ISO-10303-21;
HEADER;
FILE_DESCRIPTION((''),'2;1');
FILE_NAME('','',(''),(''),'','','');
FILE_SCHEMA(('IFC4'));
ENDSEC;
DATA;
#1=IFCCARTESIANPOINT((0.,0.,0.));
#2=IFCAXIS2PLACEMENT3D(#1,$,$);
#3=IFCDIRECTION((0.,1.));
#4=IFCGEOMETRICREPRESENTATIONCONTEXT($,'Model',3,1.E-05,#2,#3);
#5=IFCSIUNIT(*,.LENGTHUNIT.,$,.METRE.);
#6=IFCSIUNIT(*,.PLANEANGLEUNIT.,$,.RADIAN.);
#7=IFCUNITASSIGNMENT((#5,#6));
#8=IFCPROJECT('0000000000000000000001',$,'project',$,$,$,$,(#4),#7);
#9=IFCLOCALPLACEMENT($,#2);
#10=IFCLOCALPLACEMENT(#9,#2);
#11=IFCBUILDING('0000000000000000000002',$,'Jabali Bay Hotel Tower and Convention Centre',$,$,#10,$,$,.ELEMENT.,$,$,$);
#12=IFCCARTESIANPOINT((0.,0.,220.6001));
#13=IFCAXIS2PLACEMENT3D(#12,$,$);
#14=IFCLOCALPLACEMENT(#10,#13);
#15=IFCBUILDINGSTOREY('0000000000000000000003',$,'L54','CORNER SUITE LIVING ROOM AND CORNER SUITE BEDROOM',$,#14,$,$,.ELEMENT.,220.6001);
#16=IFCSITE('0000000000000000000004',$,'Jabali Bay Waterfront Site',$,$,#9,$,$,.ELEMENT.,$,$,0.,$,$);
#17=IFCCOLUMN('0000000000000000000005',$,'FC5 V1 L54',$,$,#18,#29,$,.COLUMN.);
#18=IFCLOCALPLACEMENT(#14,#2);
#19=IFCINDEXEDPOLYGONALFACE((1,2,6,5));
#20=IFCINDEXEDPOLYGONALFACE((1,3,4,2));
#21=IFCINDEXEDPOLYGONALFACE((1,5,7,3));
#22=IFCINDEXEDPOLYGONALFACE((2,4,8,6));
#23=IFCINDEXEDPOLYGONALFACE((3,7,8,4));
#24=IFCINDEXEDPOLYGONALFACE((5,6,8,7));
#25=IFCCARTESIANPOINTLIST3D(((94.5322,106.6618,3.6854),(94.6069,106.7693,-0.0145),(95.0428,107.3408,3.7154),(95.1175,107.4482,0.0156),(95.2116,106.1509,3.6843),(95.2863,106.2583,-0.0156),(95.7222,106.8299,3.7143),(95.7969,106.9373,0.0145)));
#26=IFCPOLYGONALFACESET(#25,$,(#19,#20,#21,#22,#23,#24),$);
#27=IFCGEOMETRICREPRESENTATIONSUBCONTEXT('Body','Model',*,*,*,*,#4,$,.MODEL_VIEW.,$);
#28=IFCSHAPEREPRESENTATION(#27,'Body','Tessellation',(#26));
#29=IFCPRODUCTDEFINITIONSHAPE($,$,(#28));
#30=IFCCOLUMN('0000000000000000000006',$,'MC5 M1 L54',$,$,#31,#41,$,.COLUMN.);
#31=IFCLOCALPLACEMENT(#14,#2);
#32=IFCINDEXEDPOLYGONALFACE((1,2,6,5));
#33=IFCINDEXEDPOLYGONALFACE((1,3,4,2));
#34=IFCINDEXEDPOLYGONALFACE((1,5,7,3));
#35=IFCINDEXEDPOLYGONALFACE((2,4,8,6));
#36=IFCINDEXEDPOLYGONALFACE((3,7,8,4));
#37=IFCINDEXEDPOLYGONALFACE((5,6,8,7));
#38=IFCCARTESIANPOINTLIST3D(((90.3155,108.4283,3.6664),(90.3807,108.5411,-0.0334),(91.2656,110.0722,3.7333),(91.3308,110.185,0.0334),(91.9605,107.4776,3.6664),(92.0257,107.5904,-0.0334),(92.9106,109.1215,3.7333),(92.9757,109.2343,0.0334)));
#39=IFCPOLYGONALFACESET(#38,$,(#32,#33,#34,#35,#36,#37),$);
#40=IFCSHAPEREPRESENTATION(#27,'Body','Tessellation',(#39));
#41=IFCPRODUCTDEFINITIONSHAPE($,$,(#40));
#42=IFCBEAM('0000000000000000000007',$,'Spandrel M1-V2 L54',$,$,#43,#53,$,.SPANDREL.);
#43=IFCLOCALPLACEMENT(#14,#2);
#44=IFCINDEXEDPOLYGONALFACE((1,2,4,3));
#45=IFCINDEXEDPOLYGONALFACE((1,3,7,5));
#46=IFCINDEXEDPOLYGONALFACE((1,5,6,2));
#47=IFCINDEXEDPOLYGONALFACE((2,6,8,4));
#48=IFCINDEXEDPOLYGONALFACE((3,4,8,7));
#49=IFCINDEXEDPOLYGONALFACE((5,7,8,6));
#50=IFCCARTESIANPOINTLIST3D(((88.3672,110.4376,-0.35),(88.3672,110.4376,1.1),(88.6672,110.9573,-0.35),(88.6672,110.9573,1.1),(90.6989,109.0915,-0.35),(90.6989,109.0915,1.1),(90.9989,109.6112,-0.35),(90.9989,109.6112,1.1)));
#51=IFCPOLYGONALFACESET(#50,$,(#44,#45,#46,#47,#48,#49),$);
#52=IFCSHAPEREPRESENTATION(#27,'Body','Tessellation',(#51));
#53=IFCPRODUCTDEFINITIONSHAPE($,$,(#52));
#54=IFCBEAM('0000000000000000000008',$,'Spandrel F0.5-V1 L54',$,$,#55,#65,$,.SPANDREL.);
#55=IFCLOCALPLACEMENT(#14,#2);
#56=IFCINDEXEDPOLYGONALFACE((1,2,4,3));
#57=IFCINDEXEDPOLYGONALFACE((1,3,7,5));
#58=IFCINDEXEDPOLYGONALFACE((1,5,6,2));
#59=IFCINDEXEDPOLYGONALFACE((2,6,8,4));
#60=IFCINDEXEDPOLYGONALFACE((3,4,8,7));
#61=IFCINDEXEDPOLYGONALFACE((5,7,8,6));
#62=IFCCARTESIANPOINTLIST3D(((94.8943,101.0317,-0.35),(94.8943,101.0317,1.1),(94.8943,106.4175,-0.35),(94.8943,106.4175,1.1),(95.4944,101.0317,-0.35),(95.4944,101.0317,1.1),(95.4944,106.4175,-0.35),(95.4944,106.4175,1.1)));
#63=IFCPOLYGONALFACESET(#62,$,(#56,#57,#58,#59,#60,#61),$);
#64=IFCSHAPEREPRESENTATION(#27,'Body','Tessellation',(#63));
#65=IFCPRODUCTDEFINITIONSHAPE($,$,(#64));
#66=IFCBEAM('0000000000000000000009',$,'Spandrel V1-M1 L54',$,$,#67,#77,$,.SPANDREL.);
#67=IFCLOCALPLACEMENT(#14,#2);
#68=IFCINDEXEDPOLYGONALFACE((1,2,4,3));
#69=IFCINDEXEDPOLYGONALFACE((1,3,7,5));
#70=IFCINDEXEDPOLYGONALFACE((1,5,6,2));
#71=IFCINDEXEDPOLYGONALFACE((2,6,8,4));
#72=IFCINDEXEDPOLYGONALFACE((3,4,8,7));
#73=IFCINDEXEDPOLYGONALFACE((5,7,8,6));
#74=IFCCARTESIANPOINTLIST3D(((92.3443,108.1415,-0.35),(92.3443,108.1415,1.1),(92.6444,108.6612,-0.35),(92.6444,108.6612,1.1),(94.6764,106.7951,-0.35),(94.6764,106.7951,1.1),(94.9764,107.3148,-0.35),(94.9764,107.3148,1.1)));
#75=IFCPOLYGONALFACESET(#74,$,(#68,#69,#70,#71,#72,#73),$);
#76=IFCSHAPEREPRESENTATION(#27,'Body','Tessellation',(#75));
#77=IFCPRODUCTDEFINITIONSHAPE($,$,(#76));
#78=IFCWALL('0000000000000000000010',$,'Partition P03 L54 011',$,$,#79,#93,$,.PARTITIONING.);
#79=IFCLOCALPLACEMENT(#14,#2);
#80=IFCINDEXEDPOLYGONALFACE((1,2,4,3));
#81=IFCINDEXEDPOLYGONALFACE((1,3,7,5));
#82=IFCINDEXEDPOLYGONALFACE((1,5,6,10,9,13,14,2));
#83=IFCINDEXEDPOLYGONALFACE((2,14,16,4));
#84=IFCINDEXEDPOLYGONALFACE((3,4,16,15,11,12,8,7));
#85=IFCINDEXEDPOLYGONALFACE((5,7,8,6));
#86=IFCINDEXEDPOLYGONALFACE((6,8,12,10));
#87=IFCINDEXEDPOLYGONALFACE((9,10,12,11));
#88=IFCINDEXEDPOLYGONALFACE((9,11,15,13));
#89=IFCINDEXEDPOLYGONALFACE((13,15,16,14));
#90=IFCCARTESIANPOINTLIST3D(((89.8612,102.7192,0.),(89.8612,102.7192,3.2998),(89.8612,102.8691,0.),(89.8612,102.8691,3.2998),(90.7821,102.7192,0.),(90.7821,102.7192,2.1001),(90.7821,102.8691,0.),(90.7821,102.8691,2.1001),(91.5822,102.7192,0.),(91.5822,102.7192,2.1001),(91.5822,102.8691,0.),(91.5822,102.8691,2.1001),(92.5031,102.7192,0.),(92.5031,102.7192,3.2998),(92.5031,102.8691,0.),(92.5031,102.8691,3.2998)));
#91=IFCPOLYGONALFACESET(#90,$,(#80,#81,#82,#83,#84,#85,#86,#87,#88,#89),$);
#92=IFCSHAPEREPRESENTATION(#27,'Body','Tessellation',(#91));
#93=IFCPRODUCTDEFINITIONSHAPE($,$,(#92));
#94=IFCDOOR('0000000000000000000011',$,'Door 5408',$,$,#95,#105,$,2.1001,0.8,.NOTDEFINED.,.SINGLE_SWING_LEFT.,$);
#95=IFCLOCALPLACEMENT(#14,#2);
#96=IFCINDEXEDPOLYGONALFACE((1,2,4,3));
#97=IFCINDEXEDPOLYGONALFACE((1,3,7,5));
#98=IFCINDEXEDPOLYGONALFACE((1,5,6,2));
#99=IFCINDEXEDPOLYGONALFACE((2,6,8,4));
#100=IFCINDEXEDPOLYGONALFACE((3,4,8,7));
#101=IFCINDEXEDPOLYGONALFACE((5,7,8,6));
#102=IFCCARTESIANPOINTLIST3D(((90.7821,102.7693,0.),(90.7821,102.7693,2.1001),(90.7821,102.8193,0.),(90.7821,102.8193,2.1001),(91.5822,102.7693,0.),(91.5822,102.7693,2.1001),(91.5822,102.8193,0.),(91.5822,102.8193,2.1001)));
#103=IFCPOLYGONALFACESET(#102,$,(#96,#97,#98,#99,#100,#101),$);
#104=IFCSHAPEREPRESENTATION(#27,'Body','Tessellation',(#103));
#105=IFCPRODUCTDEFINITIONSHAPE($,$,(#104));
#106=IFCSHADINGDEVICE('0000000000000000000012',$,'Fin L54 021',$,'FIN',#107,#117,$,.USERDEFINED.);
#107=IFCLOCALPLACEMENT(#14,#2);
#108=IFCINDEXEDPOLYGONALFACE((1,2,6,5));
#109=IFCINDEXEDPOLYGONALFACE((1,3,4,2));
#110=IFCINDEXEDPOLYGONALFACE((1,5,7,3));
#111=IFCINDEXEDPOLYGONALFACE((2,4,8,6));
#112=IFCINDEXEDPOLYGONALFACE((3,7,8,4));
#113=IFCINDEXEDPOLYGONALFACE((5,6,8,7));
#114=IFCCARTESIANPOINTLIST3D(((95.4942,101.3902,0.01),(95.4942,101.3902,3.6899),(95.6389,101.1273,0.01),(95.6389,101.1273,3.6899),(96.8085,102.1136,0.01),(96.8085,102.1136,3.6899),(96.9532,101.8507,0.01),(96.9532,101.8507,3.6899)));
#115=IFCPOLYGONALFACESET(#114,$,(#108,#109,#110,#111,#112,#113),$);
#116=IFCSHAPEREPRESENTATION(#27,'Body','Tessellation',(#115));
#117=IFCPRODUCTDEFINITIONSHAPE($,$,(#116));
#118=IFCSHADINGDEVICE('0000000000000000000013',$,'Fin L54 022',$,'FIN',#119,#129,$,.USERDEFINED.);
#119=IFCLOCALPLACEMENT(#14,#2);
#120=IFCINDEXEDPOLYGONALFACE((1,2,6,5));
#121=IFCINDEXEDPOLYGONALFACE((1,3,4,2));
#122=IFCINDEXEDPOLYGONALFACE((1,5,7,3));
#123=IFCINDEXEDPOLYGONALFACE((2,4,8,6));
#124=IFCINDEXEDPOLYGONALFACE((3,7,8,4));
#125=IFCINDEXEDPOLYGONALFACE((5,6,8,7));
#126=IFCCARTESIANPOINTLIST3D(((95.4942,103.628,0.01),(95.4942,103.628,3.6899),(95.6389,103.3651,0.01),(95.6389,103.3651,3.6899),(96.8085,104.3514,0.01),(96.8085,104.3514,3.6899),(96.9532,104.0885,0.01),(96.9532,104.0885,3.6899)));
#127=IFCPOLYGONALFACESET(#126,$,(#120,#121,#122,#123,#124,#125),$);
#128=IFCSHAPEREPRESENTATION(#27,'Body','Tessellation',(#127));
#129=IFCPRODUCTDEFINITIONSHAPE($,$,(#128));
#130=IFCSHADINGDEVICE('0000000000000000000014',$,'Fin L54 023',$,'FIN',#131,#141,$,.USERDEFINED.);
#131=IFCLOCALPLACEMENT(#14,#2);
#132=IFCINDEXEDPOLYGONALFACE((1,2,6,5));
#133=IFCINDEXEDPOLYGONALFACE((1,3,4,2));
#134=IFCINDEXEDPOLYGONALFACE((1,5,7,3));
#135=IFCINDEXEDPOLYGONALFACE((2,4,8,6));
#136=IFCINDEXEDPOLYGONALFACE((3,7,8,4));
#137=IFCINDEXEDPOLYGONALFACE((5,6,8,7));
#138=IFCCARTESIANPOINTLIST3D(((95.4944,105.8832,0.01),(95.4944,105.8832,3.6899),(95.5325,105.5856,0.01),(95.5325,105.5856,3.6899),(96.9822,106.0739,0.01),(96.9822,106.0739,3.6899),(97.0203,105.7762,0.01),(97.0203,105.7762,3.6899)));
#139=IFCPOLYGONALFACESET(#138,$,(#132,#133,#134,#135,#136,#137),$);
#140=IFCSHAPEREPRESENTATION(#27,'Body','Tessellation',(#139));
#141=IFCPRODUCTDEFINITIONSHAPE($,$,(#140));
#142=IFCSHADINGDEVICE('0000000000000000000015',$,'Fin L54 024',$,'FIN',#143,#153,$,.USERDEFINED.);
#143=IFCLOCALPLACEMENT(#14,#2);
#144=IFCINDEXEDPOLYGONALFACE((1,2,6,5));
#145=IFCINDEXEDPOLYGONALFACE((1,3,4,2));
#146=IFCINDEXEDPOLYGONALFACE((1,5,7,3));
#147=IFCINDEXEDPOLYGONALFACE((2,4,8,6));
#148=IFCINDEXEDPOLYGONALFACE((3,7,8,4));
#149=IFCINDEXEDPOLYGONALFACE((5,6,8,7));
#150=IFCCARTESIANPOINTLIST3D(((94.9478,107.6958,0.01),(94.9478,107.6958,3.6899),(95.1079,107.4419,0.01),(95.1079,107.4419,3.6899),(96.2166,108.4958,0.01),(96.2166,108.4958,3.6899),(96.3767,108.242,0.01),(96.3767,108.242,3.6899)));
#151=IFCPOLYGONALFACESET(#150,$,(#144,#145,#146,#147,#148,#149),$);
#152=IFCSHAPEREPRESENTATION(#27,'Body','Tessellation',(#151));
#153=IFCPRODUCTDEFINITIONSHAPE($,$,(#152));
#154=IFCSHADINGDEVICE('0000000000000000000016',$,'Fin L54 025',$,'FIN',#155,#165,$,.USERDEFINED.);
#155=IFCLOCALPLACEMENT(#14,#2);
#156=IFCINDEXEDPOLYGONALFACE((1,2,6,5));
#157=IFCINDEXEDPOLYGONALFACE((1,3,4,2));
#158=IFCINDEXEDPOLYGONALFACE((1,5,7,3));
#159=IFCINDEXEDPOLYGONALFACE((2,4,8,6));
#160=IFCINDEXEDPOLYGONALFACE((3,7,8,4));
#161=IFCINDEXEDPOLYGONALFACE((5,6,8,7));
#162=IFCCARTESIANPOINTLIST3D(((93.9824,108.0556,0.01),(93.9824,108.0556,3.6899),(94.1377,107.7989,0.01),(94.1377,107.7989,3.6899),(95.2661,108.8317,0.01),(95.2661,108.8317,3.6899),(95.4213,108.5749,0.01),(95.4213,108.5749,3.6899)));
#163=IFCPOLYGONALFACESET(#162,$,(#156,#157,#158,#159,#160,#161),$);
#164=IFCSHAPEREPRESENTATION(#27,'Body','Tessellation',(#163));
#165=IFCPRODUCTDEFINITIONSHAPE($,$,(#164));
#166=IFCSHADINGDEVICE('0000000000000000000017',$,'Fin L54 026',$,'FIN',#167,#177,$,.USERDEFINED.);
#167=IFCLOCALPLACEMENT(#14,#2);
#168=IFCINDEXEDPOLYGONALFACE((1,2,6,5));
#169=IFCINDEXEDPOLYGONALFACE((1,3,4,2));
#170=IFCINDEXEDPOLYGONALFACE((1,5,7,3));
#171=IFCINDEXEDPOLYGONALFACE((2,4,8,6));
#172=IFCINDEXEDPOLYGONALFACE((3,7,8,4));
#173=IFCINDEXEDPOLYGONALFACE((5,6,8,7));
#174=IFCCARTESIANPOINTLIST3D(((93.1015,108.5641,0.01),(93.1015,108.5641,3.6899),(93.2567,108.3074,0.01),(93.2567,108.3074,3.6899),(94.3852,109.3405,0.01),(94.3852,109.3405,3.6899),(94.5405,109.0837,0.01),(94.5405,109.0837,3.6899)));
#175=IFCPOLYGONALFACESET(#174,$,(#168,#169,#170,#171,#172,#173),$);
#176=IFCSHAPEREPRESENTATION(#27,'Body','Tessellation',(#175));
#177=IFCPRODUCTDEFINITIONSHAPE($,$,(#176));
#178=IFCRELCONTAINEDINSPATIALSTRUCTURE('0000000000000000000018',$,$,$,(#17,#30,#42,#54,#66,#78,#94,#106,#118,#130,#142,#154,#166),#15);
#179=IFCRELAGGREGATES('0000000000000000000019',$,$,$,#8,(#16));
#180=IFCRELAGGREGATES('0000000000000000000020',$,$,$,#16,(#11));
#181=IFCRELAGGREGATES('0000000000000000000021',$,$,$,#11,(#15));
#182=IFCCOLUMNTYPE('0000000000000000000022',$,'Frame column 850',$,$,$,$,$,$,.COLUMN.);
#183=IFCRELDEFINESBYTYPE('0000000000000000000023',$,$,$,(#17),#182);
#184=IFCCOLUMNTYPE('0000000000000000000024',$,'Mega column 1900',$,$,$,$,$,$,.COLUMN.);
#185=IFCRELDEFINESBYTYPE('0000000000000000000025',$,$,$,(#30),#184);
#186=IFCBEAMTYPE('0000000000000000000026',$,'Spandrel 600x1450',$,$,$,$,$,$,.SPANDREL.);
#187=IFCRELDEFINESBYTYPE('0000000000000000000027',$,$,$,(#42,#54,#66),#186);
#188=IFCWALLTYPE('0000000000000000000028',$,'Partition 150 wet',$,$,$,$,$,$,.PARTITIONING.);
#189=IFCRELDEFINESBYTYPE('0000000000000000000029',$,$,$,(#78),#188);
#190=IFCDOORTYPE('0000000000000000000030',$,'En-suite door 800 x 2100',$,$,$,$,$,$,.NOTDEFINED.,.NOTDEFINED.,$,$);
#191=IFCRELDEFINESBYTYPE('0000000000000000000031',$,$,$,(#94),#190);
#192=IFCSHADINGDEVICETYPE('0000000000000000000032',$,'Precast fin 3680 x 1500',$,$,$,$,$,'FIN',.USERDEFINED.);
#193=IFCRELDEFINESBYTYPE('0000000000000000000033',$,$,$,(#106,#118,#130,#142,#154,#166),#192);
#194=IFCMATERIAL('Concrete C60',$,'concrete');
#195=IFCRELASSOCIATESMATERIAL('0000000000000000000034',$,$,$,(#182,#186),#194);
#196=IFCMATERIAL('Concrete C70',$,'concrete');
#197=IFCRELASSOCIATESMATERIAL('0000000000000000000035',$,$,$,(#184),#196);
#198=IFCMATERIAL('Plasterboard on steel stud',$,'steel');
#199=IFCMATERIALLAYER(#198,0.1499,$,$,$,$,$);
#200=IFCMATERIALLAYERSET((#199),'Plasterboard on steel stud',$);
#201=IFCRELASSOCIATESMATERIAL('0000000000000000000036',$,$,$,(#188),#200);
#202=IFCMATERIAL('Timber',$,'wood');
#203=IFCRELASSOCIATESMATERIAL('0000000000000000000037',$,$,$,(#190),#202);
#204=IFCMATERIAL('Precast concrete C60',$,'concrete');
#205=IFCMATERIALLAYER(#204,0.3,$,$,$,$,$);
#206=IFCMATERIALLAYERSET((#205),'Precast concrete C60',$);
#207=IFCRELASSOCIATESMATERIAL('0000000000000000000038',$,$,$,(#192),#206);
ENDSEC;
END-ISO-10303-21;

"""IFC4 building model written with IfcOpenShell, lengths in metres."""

from ifc_helpers import new_model, si_unit, direction, frame, frame_2d, origin, origin_2d, place, context, subcontext, project, spatial, rectangle, extrude, material, layer, layer_set, material_profile, profile_set, type_object, element, fill, save


model = new_model("IFC4")

# Units and contexts
model_context = context("Model", 3, precision=1e-05, world=origin(), true_north=direction((0.0, 1.0)))
body_context = subcontext(model_context, "Body", "Model", "MODEL_VIEW")
ifc_project = project(units=[si_unit("LENGTHUNIT", "METRE"), si_unit("PLANEANGLEUNIT", "RADIAN")], contexts=[model_context])

# Site, building, storey
site_placement = place(None, origin())
site = spatial("IfcSite", under=ifc_project, at=site_placement, Name="Jabali Bay Waterfront Site", CompositionType="ELEMENT", RefElevation=0.0)
building_placement = place(site_placement, origin())
building = spatial("IfcBuilding", under=site, at=building_placement, Name="Jabali Bay Hotel Tower and Convention Centre", CompositionType="ELEMENT")
storey_placement = place(building_placement, frame((0.0, 0.0, 220.6001)))
storey = spatial("IfcBuildingStorey", under=building, at=storey_placement, Name="L54", Description="CORNER SUITE LIVING ROOM AND CORNER SUITE BEDROOM", CompositionType="ELEMENT", Elevation=220.6001)

# Columns
ifc_material_1 = material(Name="Concrete C60", Category="concrete")
ifc_material_profile_1 = material_profile(ifc_material_1, rectangle(XDim=0.8501, YDim=0.8501, at=origin_2d()), Name="Frame column 850")
ifc_profile_set_1 = profile_set([ifc_material_profile_1], Name="Concrete C60")
column_type_1 = type_object("IfcColumnType", Name="Frame column 850", PredefinedType="COLUMN", material=ifc_profile_set_1)
column_1_placement = place(storey_placement, frame((95.2019, 106.8533, 0.0), z_axis=(-0.020179, -0.029015, 0.999375), x_axis=(0.600697, 0.798696, 0.035318)))
element("IfcColumn", 1, at=column_1_placement, inside=storey, type_object=column_type_1, Name="FC5 V1 L54", PredefinedType="COLUMN", context=body_context, shape_type="SweptSolid", body=[
    extrude(rectangle(XDim=0.8501, YDim=0.8501, at=origin_2d()), origin(), (0.0, 0.0, 1.0), 3.7021),
])
ifc_material_2 = material(Name="Concrete C70", Category="concrete")
ifc_material_profile_2 = material_profile(ifc_material_2, rectangle(XDim=1.8999, YDim=1.8999, at=origin_2d()), Name="Mega column 1900")
ifc_profile_set_2 = profile_set([ifc_material_profile_2], Name="Concrete C70")
column_type_2 = type_object("IfcColumnType", Name="Mega column 1900", PredefinedType="COLUMN", material=ifc_profile_set_2)
column_2_placement = place(storey_placement, frame((91.6782, 108.8877, 0.0), z_axis=(-0.017607, -0.030466, 0.999381), x_axis=(0.500065, 0.865273, 0.035188)))
element("IfcColumn", 2, at=column_2_placement, inside=storey, type_object=column_type_2, Name="MC5 M1 L54", PredefinedType="COLUMN", context=body_context, shape_type="SweptSolid", body=[
    extrude(rectangle(XDim=1.8999, YDim=1.8999, at=origin_2d()), origin(), (0.0, 0.0, 1.0), 3.7021),
])

# Beams
ifc_material_profile_3 = material_profile(ifc_material_1, rectangle(XDim=0.6001, YDim=1.45, at=origin_2d()), Name="Spandrel 600x1450")
ifc_profile_set_3 = profile_set([ifc_material_profile_3], Name="Concrete C60")
beam_type = type_object("IfcBeamType", Name="Spandrel 600x1450", PredefinedType="SPANDREL", material=ifc_profile_set_3)
beam_1_placement = place(storey_placement, frame((90.8489, 109.3513, 0.375), z_axis=(-0.866036, 0.499981, 0.0), x_axis=(-0.499981, -0.866036, 0.0)))
element("IfcBeam", 3, at=beam_1_placement, inside=storey, type_object=beam_type, Name="Spandrel M1-V2 L54", PredefinedType="SPANDREL", context=body_context, shape_type="SweptSolid", body=[
    extrude(rectangle(XDim=0.6001, YDim=1.45, at=origin_2d()), origin(), (0.0, 0.0, 1.0), 2.6924),
])
beam_2_placement = place(storey_placement, frame((95.1943, 101.0317, 0.375), z_axis=(0.0, 1.0, 0.0), x_axis=(-1.0, 0.0, 0.0)))
element("IfcBeam", 4, at=beam_2_placement, inside=storey, type_object=beam_type, Name="Spandrel F0.5-V1 L54", PredefinedType="SPANDREL", context=body_context, shape_type="SweptSolid", body=[
    extrude(rectangle(XDim=0.6001, YDim=1.45, at=origin_2d()), origin(), (0.0, 0.0, 1.0), 5.3857),
])
beam_3_placement = place(storey_placement, frame((94.8264, 107.0549, 0.375), z_axis=(-0.86602, 0.50001, 0.0), x_axis=(-0.50001, -0.86602, 0.0)))
element("IfcBeam", 5, at=beam_3_placement, inside=storey, type_object=beam_type, Name="Spandrel V1-M1 L54", PredefinedType="SPANDREL", context=body_context, shape_type="SweptSolid", body=[
    extrude(rectangle(XDim=0.6001, YDim=1.45, at=origin_2d()), origin(), (0.0, 0.0, 1.0), 2.6929),
])

# Wall, opening, door
ifc_material_3 = material(Name="Plasterboard on steel stud", Category="steel")
ifc_layer_1 = layer(ifc_material_3, 0.1499)
ifc_layer_set_1 = layer_set([ifc_layer_1], Name="Plasterboard on steel stud")
wall_type_1 = type_object("IfcWallType", Name="Partition 150 wet", PredefinedType="PARTITIONING", material=ifc_layer_set_1)
wall_1_placement = place(storey_placement, frame((92.5029, 102.7942, 0.0), z_axis=(0.0, 0.0, 1.0), x_axis=(-1.0, 0.0, 0.0)))
wall_1 = element("IfcWall", 6, at=wall_1_placement, inside=storey, type_object=wall_type_1, Name="Partition P03 L54 011", PredefinedType="PARTITIONING", context=body_context, shape_type="SweptSolid", body=[
    extrude(rectangle(XDim=2.6418, YDim=0.1499, at=frame_2d((1.3208, 0.0))), origin(), (0.0, 0.0, 1.0), 3.2998),
])
opening_1_placement = place(wall_1_placement, frame((0.9209, 0.0, 0.0)))
opening_1 = element("IfcOpeningElement", 7, at=opening_1_placement, cuts=wall_1, PredefinedType="OPENING", context=body_context, shape_type="SweptSolid", body=[
    extrude(rectangle(XDim=0.8, YDim=2.1001, at=frame_2d((0.3999, 1.05))), frame((0.0, 0.0854, 0.0), z_axis=(0.0, -1.0, 0.0), x_axis=(1.0, 0.0, 0.0)), (0.0, 0.0, 1.0), 0.1709),
])
ifc_material_4 = material(Name="Timber", Category="wood")
door_type_1 = type_object("IfcDoorType", Name="En-suite door 800 x 2100", OperationType="NOTDEFINED", PredefinedType="NOTDEFINED", material=ifc_material_4)
door_1_placement = place(opening_1_placement, origin())
door_1 = element("IfcDoor", 8, at=door_1_placement, inside=storey, type_object=door_type_1, Name="Door 5408", OperationType="SINGLE_SWING_LEFT", OverallHeight=2.1001, OverallWidth=0.8, PredefinedType="NOTDEFINED", context=body_context, shape_type="SweptSolid", body=[
    extrude(rectangle(XDim=0.8, YDim=2.1001, at=frame_2d((0.3999, 1.05))), frame((0.0, 0.0249, 0.0), z_axis=(0.0, -1.0, 0.0), x_axis=(1.0, 0.0, 0.0)), (0.0, 0.0, 1.0), 0.05),
])
fill(opening_1, door_1)

# Shading devices
ifc_material_5 = material(Name="Precast concrete C60", Category="concrete")
ifc_layer_2 = layer(ifc_material_5, 0.3)
ifc_layer_set_2 = layer_set([ifc_layer_2], Name="Precast concrete C60")
shading_device_type = type_object("IfcShadingDeviceType", Name="Precast fin 3680 x 1500", ElementType="FIN", PredefinedType="USERDEFINED", material=ifc_layer_set_2)
for number, where, z_axis, x_axis, name in (
    (9, (95.5667, 101.2588, 0.01), (0.0, 0.0, 1.0), (0.876054, 0.482212, 0.0), "Fin L54 021"),
    (10, (95.5667, 103.4966, 0.01), (0.0, 0.0, 1.0), (0.876054, 0.482212, 0.0), "Fin L54 022"),
):
    element("IfcShadingDevice", number, at=place(storey_placement, frame(where, z_axis=z_axis, x_axis=x_axis)), inside=storey, type_object=shading_device_type, Name=name, ObjectType="FIN", PredefinedType="USERDEFINED", context=body_context, shape_type="SweptSolid", body=[
        extrude(rectangle(XDim=1.5002, YDim=0.3, at=frame_2d((0.75, 0.0))), origin(), (0.0, 0.0, 1.0), 3.6799),
    ])
for number, where, z_axis, x_axis, name in (
    (11, (95.5134, 105.7344, 0.01), (0.0, 0.0, 1.0), (0.991887, 0.127119, 0.0), "Fin L54 023"),
    (12, (95.0278, 107.5688, 0.01), (0.0, 0.0, 1.0), (0.845879, 0.533374, 0.0), "Fin L54 024"),
    (13, (94.0601, 107.9272, 0.01), (0.0, 0.0, 1.0), (0.85575, 0.517389, 0.0), "Fin L54 025"),
):
    element("IfcShadingDevice", number, at=place(storey_placement, frame(where, z_axis=z_axis, x_axis=x_axis)), inside=storey, type_object=shading_device_type, Name=name, ObjectType="FIN", PredefinedType="USERDEFINED", context=body_context, shape_type="SweptSolid", body=[
        extrude(rectangle(XDim=1.5, YDim=0.3, at=frame_2d((0.75, 0.0))), origin(), (0.0, 0.0, 1.0), 3.6799),
    ])
shading_device_1_placement = place(storey_placement, frame((93.1792, 108.4358, 0.01), z_axis=(0.0, 0.0, 1.0), x_axis=(0.855678, 0.517508, 0.0)))
element("IfcShadingDevice", 14, at=shading_device_1_placement, inside=storey, type_object=shading_device_type, Name="Fin L54 026", ObjectType="FIN", PredefinedType="USERDEFINED", context=body_context, shape_type="SweptSolid", body=[
    extrude(rectangle(XDim=1.5002, YDim=0.3, at=frame_2d((0.75, 0.0))), origin(), (0.0, 0.0, 1.0), 3.6799),
])

save(model, "model.ifc")
